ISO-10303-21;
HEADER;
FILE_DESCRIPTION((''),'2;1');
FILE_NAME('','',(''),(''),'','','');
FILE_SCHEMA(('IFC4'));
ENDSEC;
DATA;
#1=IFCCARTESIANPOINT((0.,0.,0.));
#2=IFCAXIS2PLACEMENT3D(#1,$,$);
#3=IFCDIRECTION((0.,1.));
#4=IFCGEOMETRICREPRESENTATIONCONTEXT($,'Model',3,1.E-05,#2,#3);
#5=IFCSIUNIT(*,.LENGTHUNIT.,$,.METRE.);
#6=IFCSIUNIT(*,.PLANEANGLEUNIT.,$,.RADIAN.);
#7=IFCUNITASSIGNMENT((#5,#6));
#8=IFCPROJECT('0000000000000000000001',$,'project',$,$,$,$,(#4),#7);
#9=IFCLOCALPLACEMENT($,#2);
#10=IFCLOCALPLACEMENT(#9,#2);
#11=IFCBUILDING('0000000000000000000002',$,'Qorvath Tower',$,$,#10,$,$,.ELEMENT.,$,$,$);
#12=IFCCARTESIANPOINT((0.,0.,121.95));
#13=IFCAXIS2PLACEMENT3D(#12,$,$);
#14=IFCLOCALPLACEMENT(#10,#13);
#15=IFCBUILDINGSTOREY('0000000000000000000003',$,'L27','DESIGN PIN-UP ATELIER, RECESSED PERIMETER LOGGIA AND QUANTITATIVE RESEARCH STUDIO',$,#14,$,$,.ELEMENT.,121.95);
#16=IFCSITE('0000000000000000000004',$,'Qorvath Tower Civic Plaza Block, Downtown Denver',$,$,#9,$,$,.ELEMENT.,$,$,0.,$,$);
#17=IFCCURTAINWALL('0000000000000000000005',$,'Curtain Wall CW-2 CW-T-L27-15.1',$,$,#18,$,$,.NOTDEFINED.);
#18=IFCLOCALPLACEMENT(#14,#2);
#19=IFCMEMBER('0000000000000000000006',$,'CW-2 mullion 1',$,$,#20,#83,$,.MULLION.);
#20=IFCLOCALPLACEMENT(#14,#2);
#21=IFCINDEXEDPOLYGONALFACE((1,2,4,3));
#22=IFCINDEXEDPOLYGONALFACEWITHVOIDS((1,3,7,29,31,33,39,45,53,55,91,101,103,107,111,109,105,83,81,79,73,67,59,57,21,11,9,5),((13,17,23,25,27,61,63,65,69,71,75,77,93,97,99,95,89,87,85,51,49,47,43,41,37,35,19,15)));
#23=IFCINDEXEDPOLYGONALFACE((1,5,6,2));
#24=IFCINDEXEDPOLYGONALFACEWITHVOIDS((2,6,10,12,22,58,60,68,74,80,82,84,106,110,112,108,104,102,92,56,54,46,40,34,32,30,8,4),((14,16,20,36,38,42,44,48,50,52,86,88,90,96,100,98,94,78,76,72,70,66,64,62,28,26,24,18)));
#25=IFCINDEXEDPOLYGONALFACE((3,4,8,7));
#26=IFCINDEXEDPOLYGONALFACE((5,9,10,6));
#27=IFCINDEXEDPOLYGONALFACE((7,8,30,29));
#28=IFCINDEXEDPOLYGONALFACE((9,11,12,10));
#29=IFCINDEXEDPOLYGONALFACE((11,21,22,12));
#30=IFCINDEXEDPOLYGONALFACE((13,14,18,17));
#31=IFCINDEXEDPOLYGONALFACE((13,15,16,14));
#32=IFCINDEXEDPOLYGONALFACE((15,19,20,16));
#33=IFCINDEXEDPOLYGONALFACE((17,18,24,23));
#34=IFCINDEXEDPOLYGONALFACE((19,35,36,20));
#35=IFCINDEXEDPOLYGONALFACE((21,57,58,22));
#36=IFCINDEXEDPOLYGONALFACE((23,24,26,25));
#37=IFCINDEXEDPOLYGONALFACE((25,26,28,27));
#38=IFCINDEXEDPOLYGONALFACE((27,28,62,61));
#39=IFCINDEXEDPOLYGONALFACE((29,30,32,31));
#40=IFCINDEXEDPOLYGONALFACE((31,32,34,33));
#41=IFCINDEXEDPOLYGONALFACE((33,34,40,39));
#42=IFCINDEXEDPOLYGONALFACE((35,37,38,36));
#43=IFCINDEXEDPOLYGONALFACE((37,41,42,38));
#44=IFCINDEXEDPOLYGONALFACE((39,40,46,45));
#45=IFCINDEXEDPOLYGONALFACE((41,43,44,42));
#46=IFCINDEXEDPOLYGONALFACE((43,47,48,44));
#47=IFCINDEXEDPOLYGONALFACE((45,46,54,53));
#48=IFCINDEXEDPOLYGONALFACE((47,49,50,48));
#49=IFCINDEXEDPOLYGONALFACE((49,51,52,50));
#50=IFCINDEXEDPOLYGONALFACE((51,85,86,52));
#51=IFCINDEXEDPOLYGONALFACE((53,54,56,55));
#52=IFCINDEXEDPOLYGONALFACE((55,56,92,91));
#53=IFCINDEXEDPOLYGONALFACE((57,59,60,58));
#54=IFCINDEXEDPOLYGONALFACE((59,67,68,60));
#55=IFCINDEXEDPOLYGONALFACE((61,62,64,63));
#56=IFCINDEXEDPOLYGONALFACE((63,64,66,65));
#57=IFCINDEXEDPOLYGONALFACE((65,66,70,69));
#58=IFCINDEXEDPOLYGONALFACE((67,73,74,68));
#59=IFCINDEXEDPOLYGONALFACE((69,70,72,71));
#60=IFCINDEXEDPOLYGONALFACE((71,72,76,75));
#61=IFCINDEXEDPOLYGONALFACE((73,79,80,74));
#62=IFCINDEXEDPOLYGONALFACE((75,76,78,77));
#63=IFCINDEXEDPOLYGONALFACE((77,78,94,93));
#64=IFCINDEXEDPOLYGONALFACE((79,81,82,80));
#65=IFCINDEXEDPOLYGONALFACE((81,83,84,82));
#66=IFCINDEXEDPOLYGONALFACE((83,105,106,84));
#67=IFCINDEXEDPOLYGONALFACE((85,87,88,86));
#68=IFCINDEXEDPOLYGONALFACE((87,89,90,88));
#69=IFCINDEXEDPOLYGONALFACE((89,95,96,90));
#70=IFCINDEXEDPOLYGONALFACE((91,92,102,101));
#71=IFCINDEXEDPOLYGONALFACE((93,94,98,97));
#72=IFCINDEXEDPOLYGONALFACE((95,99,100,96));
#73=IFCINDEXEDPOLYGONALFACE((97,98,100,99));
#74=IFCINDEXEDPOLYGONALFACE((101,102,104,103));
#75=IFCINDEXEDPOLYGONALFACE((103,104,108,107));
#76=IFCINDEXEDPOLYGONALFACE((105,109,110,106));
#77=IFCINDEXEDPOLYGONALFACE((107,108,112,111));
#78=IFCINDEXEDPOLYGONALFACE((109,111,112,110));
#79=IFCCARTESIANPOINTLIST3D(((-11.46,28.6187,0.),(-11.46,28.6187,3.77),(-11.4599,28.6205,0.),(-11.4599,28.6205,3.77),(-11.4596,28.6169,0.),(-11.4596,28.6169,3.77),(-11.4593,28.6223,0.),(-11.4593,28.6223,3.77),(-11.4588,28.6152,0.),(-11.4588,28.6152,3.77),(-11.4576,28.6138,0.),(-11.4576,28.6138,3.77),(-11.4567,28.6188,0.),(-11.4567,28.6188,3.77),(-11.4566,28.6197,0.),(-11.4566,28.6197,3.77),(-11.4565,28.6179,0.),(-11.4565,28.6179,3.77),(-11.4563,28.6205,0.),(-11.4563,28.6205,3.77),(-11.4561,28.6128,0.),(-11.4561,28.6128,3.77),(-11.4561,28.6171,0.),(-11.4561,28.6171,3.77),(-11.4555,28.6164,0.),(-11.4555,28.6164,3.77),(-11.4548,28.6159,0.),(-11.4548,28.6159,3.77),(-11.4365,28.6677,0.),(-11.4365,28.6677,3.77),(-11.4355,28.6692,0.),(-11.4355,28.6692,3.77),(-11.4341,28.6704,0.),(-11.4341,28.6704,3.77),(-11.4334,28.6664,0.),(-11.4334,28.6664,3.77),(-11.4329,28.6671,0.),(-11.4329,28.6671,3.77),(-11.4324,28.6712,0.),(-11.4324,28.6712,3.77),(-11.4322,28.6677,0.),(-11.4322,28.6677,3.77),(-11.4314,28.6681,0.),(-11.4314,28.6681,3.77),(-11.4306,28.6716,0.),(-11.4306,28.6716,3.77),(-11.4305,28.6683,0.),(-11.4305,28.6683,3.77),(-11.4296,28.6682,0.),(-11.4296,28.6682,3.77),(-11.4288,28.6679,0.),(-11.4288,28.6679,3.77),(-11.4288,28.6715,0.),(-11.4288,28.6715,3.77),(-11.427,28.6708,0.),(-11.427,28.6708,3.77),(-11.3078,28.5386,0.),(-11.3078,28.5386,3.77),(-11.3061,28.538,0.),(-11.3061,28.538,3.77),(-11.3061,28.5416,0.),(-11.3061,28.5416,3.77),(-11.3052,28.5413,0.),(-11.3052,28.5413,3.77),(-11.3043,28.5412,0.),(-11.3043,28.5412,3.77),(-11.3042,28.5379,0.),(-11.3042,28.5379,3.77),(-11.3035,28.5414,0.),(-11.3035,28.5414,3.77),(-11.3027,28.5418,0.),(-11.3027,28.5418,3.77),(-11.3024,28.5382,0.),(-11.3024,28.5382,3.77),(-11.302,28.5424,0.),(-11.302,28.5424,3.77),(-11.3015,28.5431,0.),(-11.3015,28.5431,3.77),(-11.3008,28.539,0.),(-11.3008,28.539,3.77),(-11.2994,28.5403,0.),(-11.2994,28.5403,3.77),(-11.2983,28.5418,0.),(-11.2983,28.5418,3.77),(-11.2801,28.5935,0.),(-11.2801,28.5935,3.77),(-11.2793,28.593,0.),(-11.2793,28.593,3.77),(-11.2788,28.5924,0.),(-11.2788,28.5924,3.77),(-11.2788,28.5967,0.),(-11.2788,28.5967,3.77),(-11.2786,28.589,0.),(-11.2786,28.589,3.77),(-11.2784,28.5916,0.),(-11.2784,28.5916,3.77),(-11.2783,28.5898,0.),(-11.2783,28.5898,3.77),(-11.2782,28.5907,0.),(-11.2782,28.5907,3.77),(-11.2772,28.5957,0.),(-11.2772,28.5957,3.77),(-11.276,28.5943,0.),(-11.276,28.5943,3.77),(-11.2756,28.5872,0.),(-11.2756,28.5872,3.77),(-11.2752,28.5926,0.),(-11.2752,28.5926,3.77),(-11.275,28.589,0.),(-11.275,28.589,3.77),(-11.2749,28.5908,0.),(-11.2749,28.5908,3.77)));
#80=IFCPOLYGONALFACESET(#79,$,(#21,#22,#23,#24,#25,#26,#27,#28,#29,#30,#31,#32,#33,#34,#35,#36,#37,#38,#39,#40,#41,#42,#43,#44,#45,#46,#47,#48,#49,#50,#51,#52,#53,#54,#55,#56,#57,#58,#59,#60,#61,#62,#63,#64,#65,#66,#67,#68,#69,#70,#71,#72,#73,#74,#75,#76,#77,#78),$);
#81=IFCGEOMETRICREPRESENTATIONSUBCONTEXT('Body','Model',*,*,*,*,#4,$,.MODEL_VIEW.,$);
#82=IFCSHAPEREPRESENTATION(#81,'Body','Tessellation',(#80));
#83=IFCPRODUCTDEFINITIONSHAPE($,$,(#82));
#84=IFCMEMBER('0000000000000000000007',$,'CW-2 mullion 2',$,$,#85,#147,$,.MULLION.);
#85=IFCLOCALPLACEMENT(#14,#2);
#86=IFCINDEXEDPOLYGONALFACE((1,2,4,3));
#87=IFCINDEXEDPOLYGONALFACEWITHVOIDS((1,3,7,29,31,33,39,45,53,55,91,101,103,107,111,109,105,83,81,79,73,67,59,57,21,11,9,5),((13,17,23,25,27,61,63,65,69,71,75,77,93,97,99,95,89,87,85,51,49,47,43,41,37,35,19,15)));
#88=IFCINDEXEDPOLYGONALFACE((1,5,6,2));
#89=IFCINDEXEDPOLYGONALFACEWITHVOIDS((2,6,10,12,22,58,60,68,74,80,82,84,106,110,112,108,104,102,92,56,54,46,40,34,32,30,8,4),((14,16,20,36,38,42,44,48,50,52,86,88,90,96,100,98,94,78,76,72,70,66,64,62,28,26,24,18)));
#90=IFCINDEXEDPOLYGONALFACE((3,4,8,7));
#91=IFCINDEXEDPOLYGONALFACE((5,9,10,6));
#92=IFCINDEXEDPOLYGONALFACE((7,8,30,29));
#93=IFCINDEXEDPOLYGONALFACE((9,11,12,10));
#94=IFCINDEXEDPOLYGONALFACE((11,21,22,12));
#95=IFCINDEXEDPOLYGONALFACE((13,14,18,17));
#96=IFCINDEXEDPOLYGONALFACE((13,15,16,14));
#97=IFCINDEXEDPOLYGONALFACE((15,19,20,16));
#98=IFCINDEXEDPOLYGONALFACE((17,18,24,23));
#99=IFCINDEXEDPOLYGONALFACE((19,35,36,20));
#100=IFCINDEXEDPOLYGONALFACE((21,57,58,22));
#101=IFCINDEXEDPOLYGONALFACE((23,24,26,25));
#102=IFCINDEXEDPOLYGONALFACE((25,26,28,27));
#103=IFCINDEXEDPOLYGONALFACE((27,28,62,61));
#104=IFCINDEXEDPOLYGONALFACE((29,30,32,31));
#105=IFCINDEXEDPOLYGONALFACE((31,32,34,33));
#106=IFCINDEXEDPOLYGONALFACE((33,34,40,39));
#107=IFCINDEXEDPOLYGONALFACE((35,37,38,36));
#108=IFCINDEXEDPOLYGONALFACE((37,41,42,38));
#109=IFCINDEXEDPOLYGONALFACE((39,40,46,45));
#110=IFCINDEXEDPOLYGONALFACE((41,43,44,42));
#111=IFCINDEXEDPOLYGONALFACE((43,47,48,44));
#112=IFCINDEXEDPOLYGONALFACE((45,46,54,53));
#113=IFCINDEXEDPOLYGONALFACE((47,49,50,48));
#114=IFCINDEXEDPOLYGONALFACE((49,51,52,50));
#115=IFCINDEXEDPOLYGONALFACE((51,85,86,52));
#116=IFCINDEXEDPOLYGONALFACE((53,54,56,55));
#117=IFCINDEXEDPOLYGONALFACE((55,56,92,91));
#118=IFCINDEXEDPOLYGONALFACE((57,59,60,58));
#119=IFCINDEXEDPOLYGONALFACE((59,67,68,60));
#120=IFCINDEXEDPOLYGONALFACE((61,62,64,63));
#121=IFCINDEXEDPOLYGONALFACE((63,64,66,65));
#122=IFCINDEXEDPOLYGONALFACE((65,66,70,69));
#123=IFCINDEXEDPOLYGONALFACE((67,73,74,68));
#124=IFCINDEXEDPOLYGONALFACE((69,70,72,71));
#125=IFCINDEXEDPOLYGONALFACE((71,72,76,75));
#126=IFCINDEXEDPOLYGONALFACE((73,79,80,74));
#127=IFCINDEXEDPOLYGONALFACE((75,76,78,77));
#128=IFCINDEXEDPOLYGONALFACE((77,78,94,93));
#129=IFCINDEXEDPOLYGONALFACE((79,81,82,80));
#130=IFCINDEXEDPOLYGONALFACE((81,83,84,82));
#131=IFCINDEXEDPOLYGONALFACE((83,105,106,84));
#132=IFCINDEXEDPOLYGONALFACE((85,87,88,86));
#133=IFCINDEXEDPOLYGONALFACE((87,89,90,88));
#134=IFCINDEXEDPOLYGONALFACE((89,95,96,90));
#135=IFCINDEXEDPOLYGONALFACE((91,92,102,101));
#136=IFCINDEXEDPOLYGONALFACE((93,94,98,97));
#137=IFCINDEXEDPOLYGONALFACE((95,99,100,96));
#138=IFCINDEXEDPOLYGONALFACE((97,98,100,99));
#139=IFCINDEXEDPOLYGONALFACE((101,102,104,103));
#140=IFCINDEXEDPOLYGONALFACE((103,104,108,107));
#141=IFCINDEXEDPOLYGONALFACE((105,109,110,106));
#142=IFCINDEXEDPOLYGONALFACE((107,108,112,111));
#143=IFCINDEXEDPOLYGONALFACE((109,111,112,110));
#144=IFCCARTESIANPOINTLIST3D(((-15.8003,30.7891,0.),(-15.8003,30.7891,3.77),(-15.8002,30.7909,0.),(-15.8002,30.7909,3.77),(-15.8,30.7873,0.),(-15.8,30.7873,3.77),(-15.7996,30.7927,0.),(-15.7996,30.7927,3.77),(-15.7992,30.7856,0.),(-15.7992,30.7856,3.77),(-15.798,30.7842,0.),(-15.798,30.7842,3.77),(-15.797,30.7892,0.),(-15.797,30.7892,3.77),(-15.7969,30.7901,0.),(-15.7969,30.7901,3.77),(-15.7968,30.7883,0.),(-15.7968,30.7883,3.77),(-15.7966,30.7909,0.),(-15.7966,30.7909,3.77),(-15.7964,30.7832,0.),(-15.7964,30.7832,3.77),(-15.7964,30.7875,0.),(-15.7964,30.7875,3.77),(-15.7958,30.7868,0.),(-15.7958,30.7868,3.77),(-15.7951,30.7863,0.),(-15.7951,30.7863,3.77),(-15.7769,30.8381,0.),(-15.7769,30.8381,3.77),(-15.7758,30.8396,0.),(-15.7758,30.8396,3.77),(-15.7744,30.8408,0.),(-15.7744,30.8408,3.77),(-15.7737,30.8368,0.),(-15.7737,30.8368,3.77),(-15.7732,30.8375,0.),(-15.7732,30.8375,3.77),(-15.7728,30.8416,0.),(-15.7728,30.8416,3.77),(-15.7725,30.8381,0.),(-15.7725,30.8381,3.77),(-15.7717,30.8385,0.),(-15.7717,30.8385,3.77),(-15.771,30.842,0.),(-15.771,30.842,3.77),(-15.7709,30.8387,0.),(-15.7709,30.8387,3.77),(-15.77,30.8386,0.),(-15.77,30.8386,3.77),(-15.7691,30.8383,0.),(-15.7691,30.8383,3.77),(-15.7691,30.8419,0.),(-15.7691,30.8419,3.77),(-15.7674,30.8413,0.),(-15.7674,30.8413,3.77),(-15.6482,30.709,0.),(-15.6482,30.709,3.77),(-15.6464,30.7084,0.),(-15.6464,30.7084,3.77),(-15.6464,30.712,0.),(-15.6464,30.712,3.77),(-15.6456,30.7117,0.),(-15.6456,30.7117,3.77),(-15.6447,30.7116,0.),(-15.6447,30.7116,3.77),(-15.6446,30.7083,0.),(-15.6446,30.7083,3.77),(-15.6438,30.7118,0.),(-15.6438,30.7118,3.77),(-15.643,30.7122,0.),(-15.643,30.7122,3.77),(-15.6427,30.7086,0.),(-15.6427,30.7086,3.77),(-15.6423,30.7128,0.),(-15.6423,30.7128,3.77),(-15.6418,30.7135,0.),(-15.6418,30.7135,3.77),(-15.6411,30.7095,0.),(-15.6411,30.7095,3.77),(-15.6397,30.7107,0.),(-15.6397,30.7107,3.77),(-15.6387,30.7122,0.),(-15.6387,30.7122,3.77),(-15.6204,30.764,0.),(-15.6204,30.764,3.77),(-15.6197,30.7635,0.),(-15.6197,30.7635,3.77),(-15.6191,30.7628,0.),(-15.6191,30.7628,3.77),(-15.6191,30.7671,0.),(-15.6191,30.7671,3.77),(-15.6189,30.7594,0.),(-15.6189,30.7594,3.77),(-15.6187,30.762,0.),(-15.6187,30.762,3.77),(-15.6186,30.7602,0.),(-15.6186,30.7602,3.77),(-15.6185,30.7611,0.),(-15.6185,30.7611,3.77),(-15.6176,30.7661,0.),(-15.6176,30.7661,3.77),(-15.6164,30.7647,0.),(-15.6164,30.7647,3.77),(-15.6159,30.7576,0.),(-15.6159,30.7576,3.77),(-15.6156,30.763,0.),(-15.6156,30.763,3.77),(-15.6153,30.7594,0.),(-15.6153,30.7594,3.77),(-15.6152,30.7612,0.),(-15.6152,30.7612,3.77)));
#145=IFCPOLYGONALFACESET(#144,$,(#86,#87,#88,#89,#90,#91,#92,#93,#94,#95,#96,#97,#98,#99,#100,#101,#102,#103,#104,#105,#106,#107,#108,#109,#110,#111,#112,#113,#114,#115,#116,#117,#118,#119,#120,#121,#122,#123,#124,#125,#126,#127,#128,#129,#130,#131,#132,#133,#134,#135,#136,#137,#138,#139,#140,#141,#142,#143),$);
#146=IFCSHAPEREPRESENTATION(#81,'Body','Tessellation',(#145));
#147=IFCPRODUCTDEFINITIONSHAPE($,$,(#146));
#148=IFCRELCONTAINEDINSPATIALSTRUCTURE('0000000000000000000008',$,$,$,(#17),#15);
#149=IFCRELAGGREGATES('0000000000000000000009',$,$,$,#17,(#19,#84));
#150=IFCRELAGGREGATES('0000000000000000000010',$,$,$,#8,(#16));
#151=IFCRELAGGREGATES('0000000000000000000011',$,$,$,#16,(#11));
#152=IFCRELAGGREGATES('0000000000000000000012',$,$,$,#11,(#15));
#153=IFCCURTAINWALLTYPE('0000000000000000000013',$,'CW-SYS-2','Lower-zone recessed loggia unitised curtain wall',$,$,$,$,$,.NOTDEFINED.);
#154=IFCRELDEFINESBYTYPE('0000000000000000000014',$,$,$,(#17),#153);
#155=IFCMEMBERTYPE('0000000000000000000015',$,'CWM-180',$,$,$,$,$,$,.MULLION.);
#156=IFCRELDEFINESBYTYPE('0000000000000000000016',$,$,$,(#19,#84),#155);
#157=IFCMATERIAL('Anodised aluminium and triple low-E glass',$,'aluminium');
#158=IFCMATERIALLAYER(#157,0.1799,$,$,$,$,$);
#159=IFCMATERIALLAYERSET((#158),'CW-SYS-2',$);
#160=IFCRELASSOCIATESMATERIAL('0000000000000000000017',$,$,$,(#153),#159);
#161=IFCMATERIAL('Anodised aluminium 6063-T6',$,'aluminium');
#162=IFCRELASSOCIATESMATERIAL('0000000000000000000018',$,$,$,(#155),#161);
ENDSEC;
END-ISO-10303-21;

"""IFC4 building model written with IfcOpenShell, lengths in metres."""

from ifc_helpers import new_model, si_unit, direction, frame, origin, origin_2d, place, context, subcontext, project, spatial, hollow_rectangle, extrude, material, layer, layer_set, material_profile, profile_set, type_object, element, aggregate, save


model = new_model("IFC4")

# Units and contexts
model_context = context("Model", 3, precision=1e-05, world=origin(), true_north=direction((0.0, 1.0)))
body_context = subcontext(model_context, "Body", "Model", "MODEL_VIEW")
ifc_project = project(units=[si_unit("LENGTHUNIT", "METRE"), si_unit("PLANEANGLEUNIT", "RADIAN")], contexts=[model_context])

# Site, building, storey
site_placement = place(None, origin())
site = spatial("IfcSite", under=ifc_project, at=site_placement, Name="Qorvath Tower Civic Plaza Block, Downtown Denver", CompositionType="ELEMENT", RefElevation=0.0)
building_placement = place(site_placement, origin())
building = spatial("IfcBuilding", under=site, at=building_placement, Name="Qorvath Tower", CompositionType="ELEMENT")
storey_placement = place(building_placement, frame((0.0, 0.0, 121.95)))
storey = spatial("IfcBuildingStorey", under=building, at=storey_placement, Name="L27", Description="DESIGN PIN-UP ATELIER, RECESSED PERIMETER LOGGIA AND QUANTITATIVE RESEARCH STUDIO", CompositionType="ELEMENT", Elevation=121.95)

# Shared definitions
ifc_material_1 = material(Name="Anodised aluminium and triple low-E glass", Category="aluminium")
ifc_layer_1 = layer(ifc_material_1, 0.1799)
ifc_layer_set_1 = layer_set([ifc_layer_1], Name="CW-SYS-2")
curtain_wall_type = type_object("IfcCurtainWallType", Name="CW-SYS-2", Description="Lower-zone recessed loggia unitised curtain wall", PredefinedType="NOTDEFINED", material=ifc_layer_set_1)
ifc_material_2 = material(Name="Anodised aluminium 6063-T6", Category="aluminium")
ifc_material_profile_1 = material_profile(ifc_material_2, hollow_rectangle(XDim=0.0649, YDim=0.1799, WallThickness=0.0034, InnerFilletRadius=0.0034, OuterFilletRadius=0.0071, at=origin_2d()), Name="CWM 180x65")
ifc_profile_set_1 = profile_set([ifc_material_profile_1], Name="Anodised aluminium 6063-T6")
member_type_1 = type_object("IfcMemberType", Name="CWM-180", PredefinedType="MULLION", material=ifc_profile_set_1)

# Curtain wall, members
curtain_wall_1_placement = place(storey_placement, origin())
curtain_wall_1 = element("IfcCurtainWall", 1, at=curtain_wall_1_placement, inside=storey, type_object=curtain_wall_type, Name="Curtain Wall CW-2 CW-T-L27-15.1", PredefinedType="NOTDEFINED")
member_1_placement = place(storey_placement, frame((-11.3674, 28.6047, 0.0), z_axis=(0.0, 0.0, 1.0), x_axis=(-0.447262, -0.894403, 0.0)))
member_1 = element("IfcMember", 2, at=member_1_placement, type_object=member_type_1, Name="CW-2 mullion 1", PredefinedType="MULLION", context=body_context, shape_type="SweptSolid", body=[
    extrude(hollow_rectangle(XDim=0.0649, YDim=0.1799, WallThickness=0.0034, InnerFilletRadius=0.0034, OuterFilletRadius=0.0071, at=origin_2d()), origin(), (0.0, 0.0, 1.0), 3.77),
])
member_2_placement = place(storey_placement, frame((-15.7078, 30.7751, 0.0), z_axis=(0.0, 0.0, 1.0), x_axis=(-0.447262, -0.894403, 0.0)))
member_2 = element("IfcMember", 3, at=member_2_placement, type_object=member_type_1, Name="CW-2 mullion 2", PredefinedType="MULLION", context=body_context, shape_type="SweptSolid", body=[
    extrude(hollow_rectangle(XDim=0.0649, YDim=0.1799, WallThickness=0.0034, InnerFilletRadius=0.0034, OuterFilletRadius=0.0071, at=origin_2d()), origin(), (0.0, 0.0, 1.0), 3.77),
])

aggregate(curtain_wall_1, [member_1, member_2])

save(model, "model.ifc")
